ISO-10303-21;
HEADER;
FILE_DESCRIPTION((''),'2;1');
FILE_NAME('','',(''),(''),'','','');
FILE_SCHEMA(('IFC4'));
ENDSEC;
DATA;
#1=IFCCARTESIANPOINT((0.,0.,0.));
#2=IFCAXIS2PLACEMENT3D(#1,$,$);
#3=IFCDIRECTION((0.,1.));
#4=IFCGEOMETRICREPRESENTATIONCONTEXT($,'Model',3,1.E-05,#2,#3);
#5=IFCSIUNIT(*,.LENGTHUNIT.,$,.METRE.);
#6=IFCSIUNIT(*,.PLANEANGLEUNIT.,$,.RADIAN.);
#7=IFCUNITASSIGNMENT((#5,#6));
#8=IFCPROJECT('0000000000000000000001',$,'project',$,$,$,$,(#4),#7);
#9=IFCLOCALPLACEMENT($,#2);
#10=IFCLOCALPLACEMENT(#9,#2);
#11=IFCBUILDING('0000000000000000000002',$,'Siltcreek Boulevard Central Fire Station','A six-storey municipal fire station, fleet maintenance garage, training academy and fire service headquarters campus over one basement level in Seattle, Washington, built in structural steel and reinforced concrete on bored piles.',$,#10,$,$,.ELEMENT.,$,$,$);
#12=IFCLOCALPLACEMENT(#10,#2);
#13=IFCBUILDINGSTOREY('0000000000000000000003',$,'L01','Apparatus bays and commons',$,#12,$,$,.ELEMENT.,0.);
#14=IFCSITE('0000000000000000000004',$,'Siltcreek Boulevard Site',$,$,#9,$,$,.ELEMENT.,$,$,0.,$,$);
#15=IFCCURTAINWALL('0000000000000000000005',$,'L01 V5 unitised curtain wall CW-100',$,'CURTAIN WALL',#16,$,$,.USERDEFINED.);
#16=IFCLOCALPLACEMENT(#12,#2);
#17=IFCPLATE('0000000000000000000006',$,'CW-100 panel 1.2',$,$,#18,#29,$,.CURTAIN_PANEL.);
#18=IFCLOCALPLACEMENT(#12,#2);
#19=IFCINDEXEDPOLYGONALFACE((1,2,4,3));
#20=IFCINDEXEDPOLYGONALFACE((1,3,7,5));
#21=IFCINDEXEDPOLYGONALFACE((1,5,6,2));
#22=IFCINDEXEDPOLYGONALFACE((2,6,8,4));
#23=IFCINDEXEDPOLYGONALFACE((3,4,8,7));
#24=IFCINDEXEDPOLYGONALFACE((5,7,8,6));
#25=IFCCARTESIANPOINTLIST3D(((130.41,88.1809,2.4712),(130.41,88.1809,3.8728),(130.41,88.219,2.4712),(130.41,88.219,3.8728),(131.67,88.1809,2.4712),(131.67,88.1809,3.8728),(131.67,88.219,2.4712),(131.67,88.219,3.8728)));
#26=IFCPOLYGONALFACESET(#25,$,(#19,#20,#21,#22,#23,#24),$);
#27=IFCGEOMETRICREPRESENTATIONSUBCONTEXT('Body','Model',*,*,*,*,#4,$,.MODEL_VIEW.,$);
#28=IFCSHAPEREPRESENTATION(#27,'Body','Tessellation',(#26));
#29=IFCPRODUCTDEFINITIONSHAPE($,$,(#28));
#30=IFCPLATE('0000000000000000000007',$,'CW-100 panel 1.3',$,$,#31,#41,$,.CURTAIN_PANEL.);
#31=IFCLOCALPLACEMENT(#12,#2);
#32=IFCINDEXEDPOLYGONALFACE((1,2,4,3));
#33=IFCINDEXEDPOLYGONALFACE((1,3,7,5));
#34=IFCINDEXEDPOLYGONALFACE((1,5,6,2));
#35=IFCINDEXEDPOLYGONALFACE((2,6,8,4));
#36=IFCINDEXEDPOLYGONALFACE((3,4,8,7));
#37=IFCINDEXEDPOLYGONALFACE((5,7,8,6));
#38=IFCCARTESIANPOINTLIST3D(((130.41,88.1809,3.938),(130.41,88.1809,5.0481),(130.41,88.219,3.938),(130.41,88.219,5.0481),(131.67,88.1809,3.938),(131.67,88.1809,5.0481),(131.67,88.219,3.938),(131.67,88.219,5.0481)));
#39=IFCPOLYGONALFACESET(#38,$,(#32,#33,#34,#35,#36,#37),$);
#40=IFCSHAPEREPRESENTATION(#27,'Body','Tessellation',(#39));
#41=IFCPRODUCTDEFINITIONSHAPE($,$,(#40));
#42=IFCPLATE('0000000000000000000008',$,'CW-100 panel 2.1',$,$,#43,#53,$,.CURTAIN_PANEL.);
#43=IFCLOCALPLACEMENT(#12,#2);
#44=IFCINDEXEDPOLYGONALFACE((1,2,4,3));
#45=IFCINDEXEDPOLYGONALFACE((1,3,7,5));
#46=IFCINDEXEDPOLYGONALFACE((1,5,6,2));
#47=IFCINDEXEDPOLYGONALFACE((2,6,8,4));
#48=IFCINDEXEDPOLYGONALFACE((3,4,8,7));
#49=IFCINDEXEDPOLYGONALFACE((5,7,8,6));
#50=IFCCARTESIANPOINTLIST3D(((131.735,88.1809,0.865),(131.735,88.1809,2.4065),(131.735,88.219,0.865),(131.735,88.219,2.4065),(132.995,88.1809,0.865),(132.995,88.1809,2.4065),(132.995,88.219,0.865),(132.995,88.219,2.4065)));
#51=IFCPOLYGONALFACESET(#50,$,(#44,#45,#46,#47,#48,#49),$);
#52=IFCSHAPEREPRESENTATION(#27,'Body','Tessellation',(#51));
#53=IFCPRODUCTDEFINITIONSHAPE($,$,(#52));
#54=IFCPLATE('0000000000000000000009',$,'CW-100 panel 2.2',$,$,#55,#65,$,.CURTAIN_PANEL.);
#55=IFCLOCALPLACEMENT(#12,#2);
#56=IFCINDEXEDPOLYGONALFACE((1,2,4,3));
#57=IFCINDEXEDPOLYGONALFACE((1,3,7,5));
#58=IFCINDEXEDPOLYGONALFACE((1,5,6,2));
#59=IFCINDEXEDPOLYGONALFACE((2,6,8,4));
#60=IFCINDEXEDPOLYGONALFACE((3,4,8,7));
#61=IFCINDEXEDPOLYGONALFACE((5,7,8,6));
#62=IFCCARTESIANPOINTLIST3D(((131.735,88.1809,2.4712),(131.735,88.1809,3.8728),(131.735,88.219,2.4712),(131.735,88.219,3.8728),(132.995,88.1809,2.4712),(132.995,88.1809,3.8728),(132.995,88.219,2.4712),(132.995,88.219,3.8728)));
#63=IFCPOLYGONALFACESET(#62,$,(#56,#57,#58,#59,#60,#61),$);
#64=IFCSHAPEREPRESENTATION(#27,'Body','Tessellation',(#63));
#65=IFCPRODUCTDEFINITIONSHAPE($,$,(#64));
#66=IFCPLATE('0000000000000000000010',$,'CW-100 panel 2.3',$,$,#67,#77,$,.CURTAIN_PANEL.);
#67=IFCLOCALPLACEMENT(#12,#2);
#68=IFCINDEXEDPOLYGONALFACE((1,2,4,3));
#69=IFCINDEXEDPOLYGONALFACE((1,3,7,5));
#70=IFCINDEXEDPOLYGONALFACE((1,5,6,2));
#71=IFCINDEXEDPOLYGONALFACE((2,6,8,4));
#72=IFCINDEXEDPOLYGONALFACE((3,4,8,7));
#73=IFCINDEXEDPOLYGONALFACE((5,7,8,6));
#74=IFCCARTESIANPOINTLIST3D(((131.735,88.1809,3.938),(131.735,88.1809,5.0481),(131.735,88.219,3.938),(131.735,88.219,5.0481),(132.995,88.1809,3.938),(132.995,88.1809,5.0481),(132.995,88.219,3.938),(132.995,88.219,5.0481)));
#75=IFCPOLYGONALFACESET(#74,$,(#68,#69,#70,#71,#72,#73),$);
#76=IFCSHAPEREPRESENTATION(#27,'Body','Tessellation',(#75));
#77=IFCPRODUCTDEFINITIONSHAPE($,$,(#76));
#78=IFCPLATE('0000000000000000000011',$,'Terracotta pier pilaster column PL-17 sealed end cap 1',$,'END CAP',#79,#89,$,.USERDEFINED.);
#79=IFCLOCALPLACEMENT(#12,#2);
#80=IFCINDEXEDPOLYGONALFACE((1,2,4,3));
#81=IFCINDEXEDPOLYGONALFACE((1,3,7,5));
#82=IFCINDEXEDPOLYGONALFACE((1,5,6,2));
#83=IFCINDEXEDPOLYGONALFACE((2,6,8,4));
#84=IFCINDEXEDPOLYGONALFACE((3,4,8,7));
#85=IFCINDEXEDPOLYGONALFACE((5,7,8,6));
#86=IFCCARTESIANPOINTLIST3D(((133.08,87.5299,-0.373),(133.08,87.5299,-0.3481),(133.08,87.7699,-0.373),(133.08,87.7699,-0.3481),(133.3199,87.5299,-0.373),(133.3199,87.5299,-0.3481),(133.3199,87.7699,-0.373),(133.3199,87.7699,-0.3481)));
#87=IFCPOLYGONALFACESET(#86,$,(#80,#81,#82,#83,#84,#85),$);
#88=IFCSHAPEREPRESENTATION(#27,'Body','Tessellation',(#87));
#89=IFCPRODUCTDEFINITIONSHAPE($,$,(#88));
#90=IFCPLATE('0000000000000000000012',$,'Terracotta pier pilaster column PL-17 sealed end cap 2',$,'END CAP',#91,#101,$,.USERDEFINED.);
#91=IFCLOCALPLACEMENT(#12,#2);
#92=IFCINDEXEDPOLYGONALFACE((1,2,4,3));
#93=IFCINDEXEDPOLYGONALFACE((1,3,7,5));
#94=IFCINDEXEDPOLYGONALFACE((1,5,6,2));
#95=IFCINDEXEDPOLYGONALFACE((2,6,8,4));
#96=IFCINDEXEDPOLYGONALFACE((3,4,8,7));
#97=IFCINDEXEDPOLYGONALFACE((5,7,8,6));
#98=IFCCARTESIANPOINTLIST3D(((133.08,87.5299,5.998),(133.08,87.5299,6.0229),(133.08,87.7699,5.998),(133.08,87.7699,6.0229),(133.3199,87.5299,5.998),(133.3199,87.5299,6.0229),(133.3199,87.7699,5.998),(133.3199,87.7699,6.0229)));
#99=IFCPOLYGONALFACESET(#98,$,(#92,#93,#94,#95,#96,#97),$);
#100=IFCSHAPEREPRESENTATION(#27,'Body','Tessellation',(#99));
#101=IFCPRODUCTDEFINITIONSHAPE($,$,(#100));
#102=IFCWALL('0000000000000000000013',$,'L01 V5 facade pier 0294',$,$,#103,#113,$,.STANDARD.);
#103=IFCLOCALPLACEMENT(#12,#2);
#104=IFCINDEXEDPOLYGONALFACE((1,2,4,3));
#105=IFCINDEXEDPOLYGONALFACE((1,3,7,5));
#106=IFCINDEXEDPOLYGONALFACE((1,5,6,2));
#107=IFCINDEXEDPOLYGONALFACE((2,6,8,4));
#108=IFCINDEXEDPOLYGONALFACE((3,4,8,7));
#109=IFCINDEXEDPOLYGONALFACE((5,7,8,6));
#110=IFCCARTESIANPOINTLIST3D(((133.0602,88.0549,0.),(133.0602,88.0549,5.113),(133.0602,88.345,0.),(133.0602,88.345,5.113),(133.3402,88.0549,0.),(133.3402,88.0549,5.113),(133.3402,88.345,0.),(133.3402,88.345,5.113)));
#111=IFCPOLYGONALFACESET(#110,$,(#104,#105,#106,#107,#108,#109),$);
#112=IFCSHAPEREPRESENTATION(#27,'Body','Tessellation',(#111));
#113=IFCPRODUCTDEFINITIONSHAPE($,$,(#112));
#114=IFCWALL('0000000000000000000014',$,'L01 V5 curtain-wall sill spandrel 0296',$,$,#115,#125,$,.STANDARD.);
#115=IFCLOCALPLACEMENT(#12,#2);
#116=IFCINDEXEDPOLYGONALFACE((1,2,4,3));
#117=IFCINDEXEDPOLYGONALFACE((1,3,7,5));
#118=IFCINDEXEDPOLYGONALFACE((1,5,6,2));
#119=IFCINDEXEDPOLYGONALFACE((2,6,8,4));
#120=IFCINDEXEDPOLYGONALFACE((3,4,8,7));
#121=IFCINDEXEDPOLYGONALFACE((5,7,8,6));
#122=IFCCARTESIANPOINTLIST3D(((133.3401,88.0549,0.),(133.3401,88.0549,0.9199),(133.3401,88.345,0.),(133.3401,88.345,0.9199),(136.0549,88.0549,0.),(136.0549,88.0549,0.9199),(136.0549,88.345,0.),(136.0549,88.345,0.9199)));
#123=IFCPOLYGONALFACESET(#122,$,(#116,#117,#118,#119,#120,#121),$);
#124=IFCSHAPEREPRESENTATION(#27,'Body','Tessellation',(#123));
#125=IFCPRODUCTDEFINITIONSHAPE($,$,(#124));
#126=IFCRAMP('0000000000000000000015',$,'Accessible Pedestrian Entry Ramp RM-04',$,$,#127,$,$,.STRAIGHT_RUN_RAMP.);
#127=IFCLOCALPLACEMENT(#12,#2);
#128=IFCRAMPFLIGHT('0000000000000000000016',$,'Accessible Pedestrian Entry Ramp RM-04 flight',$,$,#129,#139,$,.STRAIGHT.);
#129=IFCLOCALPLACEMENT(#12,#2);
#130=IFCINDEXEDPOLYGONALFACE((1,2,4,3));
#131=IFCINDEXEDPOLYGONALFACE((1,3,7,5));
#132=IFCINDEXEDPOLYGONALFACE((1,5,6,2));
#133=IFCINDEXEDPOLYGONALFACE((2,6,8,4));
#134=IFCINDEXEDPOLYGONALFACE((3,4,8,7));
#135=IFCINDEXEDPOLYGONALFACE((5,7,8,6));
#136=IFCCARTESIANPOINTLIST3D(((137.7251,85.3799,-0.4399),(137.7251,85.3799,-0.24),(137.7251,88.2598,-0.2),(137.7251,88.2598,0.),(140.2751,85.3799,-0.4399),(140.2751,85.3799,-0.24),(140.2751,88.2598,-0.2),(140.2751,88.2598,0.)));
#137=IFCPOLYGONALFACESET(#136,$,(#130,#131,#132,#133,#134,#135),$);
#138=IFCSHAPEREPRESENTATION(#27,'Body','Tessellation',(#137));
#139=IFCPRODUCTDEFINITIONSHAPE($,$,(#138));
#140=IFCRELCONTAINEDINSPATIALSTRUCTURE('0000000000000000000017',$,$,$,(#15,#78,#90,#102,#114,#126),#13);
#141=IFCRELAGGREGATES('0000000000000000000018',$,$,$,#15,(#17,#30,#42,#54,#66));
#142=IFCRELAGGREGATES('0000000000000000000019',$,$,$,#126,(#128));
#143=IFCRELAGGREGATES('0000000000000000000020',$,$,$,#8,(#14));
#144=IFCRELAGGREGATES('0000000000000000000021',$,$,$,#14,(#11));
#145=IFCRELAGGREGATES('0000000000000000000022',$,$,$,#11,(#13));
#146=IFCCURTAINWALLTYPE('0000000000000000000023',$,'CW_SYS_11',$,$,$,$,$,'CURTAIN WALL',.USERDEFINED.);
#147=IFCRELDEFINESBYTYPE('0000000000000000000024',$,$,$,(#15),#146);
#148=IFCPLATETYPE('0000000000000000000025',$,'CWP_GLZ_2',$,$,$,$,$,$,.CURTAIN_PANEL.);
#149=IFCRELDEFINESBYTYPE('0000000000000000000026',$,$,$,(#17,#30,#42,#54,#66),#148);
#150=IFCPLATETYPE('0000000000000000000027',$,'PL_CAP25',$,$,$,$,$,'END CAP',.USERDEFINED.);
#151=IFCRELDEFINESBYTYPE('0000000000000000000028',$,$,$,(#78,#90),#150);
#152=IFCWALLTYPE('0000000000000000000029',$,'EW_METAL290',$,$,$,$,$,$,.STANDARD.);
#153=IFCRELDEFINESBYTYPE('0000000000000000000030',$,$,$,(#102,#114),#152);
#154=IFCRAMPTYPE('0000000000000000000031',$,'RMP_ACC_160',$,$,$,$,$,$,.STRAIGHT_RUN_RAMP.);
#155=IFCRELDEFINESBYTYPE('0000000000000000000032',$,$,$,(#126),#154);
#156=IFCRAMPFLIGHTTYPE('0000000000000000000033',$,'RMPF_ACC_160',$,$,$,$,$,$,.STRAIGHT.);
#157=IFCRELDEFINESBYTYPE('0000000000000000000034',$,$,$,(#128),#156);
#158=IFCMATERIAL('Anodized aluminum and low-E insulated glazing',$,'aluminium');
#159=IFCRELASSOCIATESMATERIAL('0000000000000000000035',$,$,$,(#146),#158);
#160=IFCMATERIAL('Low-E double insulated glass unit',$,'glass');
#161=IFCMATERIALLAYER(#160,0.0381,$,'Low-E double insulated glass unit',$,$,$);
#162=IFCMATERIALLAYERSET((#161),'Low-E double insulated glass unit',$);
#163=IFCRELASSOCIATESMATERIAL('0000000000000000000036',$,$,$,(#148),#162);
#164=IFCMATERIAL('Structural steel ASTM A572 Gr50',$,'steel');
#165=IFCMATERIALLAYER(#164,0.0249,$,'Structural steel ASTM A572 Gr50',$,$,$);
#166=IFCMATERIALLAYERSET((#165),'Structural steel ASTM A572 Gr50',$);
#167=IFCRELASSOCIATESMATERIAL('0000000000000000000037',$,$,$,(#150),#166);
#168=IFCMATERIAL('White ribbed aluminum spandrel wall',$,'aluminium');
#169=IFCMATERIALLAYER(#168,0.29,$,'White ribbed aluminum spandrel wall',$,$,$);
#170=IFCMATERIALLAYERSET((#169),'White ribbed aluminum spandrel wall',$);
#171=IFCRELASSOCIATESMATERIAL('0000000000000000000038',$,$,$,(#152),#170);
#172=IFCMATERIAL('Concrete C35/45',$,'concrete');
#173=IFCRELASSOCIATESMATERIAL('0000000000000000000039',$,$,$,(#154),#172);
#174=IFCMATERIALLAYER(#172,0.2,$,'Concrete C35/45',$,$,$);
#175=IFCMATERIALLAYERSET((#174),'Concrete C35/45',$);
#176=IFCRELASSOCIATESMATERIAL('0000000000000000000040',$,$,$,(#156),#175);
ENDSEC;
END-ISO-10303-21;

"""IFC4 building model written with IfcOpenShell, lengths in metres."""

from ifc_helpers import new_model, si_unit, direction, frame, frame_2d, origin, origin_2d, place, context, subcontext, project, spatial, polyline, rectangle, outline, extrude, material, layer, layer_set, type_object, element, aggregate, save


model = new_model("IFC4")

# Units and contexts
model_context = context("Model", 3, precision=1e-05, world=origin(), true_north=direction((0.0, 1.0)))
body_context = subcontext(model_context, "Body", "Model", "MODEL_VIEW")
ifc_project = project(units=[si_unit("LENGTHUNIT", "METRE"), si_unit("PLANEANGLEUNIT", "RADIAN")], contexts=[model_context])

# Site, building, storey
site_placement = place(None, origin())
site = spatial("IfcSite", under=ifc_project, at=site_placement, Name="Siltcreek Boulevard Site", CompositionType="ELEMENT", RefElevation=0.0)
building_placement = place(site_placement, origin())
building = spatial("IfcBuilding", under=site, at=building_placement, Name="Siltcreek Boulevard Central Fire Station", Description="A six-storey municipal fire station, fleet maintenance garage, training academy and fire service headquarters campus over one basement level in Seattle, Washington, built in structural steel and reinforced concrete on bored piles.", CompositionType="ELEMENT")
storey_placement = place(building_placement, origin())
storey = spatial("IfcBuildingStorey", under=building, at=storey_placement, Name="L01", Description="Apparatus bays and commons", CompositionType="ELEMENT", Elevation=0.0)

# Shared definitions
ifc_material_1 = material(Name="Concrete C35/45", Category="concrete")

# Curtain wall, plates
ifc_material_2 = material(Name="Anodized aluminum and low-E insulated glazing", Category="aluminium")
curtain_wall_type = type_object("IfcCurtainWallType", Name="CW_SYS_11", ElementType="CURTAIN WALL", PredefinedType="USERDEFINED", material=ifc_material_2)
curtain_wall_placement = place(storey_placement, origin())
curtain_wall = element("IfcCurtainWall", 1, at=curtain_wall_placement, inside=storey, type_object=curtain_wall_type, Name="L01 V5 unitised curtain wall CW-100", ObjectType="CURTAIN WALL", PredefinedType="USERDEFINED")
ifc_material_3 = material(Name="Low-E double insulated glass unit", Category="glass")
ifc_layer_1 = layer(ifc_material_3, 0.0381, Name="Low-E double insulated glass unit")
ifc_layer_set_1 = layer_set([ifc_layer_1], Name="Low-E double insulated glass unit")
plate_type_1 = type_object("IfcPlateType", Name="CWP_GLZ_2", PredefinedType="CURTAIN_PANEL", material=ifc_layer_set_1)
plate_1_placement = place(storey_placement, frame((131.04, 88.2, 2.4712), z_axis=(0.0, 0.0, 1.0), x_axis=(1.0, 0.0, 0.0)))
plate_1 = element("IfcPlate", 2, at=plate_1_placement, type_object=plate_type_1, Name="CW-100 panel 1.2", PredefinedType="CURTAIN_PANEL", context=body_context, shape_type="SweptSolid", body=[
    extrude(rectangle(XDim=1.26, YDim=0.0381, at=origin_2d()), origin(), (0.0, 0.0, 1.0), 1.4016),
])
plate_2_placement = place(storey_placement, frame((131.04, 88.2, 3.938), z_axis=(0.0, 0.0, 1.0), x_axis=(1.0, 0.0, 0.0)))
plate_2 = element("IfcPlate", 3, at=plate_2_placement, type_object=plate_type_1, Name="CW-100 panel 1.3", PredefinedType="CURTAIN_PANEL", context=body_context, shape_type="SweptSolid", body=[
    extrude(rectangle(XDim=1.26, YDim=0.0381, at=origin_2d()), origin(), (0.0, 0.0, 1.0), 1.1101),
])
plate_3_placement = place(storey_placement, frame((132.365, 88.2, 0.865), z_axis=(0.0, 0.0, 1.0), x_axis=(1.0, 0.0, 0.0)))
plate_3 = element("IfcPlate", 4, at=plate_3_placement, type_object=plate_type_1, Name="CW-100 panel 2.1", PredefinedType="CURTAIN_PANEL", context=body_context, shape_type="SweptSolid", body=[
    extrude(rectangle(XDim=1.26, YDim=0.0381, at=origin_2d()), origin(), (0.0, 0.0, 1.0), 1.5415),
])
plate_4_placement = place(storey_placement, frame((132.365, 88.2, 2.4712), z_axis=(0.0, 0.0, 1.0), x_axis=(1.0, 0.0, 0.0)))
plate_4 = element("IfcPlate", 5, at=plate_4_placement, type_object=plate_type_1, Name="CW-100 panel 2.2", PredefinedType="CURTAIN_PANEL", context=body_context, shape_type="SweptSolid", body=[
    extrude(rectangle(XDim=1.26, YDim=0.0381, at=origin_2d()), origin(), (0.0, 0.0, 1.0), 1.4016),
])
plate_5_placement = place(storey_placement, frame((132.365, 88.2, 3.938), z_axis=(0.0, 0.0, 1.0), x_axis=(1.0, 0.0, 0.0)))
plate_5 = element("IfcPlate", 6, at=plate_5_placement, type_object=plate_type_1, Name="CW-100 panel 2.3", PredefinedType="CURTAIN_PANEL", context=body_context, shape_type="SweptSolid", body=[
    extrude(rectangle(XDim=1.26, YDim=0.0381, at=origin_2d()), origin(), (0.0, 0.0, 1.0), 1.1101),
])
aggregate(curtain_wall, [plate_1, plate_2, plate_3, plate_4, plate_5])

# Plates
ifc_material_4 = material(Name="Structural steel ASTM A572 Gr50", Category="steel")
ifc_layer_2 = layer(ifc_material_4, 0.0249, Name="Structural steel ASTM A572 Gr50")
ifc_layer_set_2 = layer_set([ifc_layer_2], Name="Structural steel ASTM A572 Gr50")
plate_type_2 = type_object("IfcPlateType", Name="PL_CAP25", ElementType="END CAP", PredefinedType="USERDEFINED", material=ifc_layer_set_2)
for number, where, z_axis, x_axis, name in (
    (7, (133.2, 87.6499, -0.373), (0.0, 0.0, 1.0), (1.0, 0.0, 0.0), "Terracotta pier pilaster column PL-17 sealed end cap 1"),
    (8, (133.2, 87.6499, 5.998), (0.0, 0.0, 1.0), (1.0, 0.0, 0.0), "Terracotta pier pilaster column PL-17 sealed end cap 2"),
):
    element("IfcPlate", number, at=place(storey_placement, frame(where, z_axis=z_axis, x_axis=x_axis)), inside=storey, type_object=plate_type_2, Name=name, ObjectType="END CAP", PredefinedType="USERDEFINED", context=body_context, shape_type="SweptSolid", body=[
        extrude(rectangle(XDim=0.24, YDim=0.24, at=origin_2d()), origin(), (0.0, 0.0, 1.0), 0.0249),
    ])

# Walls
ifc_material_5 = material(Name="White ribbed aluminum spandrel wall", Category="aluminium")
ifc_layer_3 = layer(ifc_material_5, 0.29, Name="White ribbed aluminum spandrel wall")
ifc_layer_set_3 = layer_set([ifc_layer_3], Name="White ribbed aluminum spandrel wall")
wall_type = type_object("IfcWallType", Name="EW_METAL290", PredefinedType="STANDARD", material=ifc_layer_set_3)
wall_1_placement = place(storey_placement, frame((133.0601, 88.2, 0.0), z_axis=(0.0, 0.0, 1.0), x_axis=(1.0, 0.0, 0.0)))
element("IfcWall", 9, at=wall_1_placement, inside=storey, type_object=wall_type, Name="L01 V5 facade pier 0294", PredefinedType="STANDARD", context=body_context, shape_type="SweptSolid", body=[
    extrude(rectangle(XDim=0.28, YDim=0.29, at=frame_2d((0.1401, 0.0))), origin(), (0.0, 0.0, 1.0), 5.113),
])
wall_2_placement = place(storey_placement, frame((133.3401, 88.2, 0.0), z_axis=(0.0, 0.0, 1.0), x_axis=(1.0, 0.0, 0.0)))
element("IfcWall", 10, at=wall_2_placement, inside=storey, type_object=wall_type, Name="L01 V5 curtain-wall sill spandrel 0296", PredefinedType="STANDARD", context=body_context, shape_type="SweptSolid", body=[
    extrude(rectangle(XDim=2.7148, YDim=0.29, at=frame_2d((1.3574, 0.0))), origin(), (0.0, 0.0, 1.0), 0.9199),
])

# Ramp, ramp flight
ramp_type = type_object("IfcRampType", Name="RMP_ACC_160", PredefinedType="STRAIGHT_RUN_RAMP", material=ifc_material_1)
ramp_placement = place(storey_placement, origin())
ramp = element("IfcRamp", 11, at=ramp_placement, inside=storey, type_object=ramp_type, Name="Accessible Pedestrian Entry Ramp RM-04", PredefinedType="STRAIGHT_RUN_RAMP")
ifc_layer_4 = layer(ifc_material_1, 0.2, Name="Concrete C35/45")
ifc_layer_set_4 = layer_set([ifc_layer_4], Name="Concrete C35/45")
ramp_flight_type = type_object("IfcRampFlightType", Name="RMPF_ACC_160", PredefinedType="STRAIGHT", material=ifc_layer_set_4)
ramp_flight_placement = place(storey_placement, frame((139.0, 85.3799, -0.24), z_axis=(0.0, 0.0, 1.0), x_axis=(0.0, 1.0, 0.0)))
ramp_flight = element("IfcRampFlight", 12, at=ramp_flight_placement, type_object=ramp_flight_type, Name="Accessible Pedestrian Entry Ramp RM-04 flight", PredefinedType="STRAIGHT", context=body_context, shape_type="SweptSolid", body=[
    extrude(outline(polyline([(0.0, 0.0), (0.0, -0.2), (2.8799, 0.04), (2.8799, 0.24), (0.0, 0.0)])), frame((0.0, 1.2749, 0.0), z_axis=(0.0, -1.0, 0.0), x_axis=(1.0, 0.0, 0.0)), (0.0, 0.0, 1.0), 2.55),
])
aggregate(ramp, [ramp_flight])

save(model, "model.ifc")
